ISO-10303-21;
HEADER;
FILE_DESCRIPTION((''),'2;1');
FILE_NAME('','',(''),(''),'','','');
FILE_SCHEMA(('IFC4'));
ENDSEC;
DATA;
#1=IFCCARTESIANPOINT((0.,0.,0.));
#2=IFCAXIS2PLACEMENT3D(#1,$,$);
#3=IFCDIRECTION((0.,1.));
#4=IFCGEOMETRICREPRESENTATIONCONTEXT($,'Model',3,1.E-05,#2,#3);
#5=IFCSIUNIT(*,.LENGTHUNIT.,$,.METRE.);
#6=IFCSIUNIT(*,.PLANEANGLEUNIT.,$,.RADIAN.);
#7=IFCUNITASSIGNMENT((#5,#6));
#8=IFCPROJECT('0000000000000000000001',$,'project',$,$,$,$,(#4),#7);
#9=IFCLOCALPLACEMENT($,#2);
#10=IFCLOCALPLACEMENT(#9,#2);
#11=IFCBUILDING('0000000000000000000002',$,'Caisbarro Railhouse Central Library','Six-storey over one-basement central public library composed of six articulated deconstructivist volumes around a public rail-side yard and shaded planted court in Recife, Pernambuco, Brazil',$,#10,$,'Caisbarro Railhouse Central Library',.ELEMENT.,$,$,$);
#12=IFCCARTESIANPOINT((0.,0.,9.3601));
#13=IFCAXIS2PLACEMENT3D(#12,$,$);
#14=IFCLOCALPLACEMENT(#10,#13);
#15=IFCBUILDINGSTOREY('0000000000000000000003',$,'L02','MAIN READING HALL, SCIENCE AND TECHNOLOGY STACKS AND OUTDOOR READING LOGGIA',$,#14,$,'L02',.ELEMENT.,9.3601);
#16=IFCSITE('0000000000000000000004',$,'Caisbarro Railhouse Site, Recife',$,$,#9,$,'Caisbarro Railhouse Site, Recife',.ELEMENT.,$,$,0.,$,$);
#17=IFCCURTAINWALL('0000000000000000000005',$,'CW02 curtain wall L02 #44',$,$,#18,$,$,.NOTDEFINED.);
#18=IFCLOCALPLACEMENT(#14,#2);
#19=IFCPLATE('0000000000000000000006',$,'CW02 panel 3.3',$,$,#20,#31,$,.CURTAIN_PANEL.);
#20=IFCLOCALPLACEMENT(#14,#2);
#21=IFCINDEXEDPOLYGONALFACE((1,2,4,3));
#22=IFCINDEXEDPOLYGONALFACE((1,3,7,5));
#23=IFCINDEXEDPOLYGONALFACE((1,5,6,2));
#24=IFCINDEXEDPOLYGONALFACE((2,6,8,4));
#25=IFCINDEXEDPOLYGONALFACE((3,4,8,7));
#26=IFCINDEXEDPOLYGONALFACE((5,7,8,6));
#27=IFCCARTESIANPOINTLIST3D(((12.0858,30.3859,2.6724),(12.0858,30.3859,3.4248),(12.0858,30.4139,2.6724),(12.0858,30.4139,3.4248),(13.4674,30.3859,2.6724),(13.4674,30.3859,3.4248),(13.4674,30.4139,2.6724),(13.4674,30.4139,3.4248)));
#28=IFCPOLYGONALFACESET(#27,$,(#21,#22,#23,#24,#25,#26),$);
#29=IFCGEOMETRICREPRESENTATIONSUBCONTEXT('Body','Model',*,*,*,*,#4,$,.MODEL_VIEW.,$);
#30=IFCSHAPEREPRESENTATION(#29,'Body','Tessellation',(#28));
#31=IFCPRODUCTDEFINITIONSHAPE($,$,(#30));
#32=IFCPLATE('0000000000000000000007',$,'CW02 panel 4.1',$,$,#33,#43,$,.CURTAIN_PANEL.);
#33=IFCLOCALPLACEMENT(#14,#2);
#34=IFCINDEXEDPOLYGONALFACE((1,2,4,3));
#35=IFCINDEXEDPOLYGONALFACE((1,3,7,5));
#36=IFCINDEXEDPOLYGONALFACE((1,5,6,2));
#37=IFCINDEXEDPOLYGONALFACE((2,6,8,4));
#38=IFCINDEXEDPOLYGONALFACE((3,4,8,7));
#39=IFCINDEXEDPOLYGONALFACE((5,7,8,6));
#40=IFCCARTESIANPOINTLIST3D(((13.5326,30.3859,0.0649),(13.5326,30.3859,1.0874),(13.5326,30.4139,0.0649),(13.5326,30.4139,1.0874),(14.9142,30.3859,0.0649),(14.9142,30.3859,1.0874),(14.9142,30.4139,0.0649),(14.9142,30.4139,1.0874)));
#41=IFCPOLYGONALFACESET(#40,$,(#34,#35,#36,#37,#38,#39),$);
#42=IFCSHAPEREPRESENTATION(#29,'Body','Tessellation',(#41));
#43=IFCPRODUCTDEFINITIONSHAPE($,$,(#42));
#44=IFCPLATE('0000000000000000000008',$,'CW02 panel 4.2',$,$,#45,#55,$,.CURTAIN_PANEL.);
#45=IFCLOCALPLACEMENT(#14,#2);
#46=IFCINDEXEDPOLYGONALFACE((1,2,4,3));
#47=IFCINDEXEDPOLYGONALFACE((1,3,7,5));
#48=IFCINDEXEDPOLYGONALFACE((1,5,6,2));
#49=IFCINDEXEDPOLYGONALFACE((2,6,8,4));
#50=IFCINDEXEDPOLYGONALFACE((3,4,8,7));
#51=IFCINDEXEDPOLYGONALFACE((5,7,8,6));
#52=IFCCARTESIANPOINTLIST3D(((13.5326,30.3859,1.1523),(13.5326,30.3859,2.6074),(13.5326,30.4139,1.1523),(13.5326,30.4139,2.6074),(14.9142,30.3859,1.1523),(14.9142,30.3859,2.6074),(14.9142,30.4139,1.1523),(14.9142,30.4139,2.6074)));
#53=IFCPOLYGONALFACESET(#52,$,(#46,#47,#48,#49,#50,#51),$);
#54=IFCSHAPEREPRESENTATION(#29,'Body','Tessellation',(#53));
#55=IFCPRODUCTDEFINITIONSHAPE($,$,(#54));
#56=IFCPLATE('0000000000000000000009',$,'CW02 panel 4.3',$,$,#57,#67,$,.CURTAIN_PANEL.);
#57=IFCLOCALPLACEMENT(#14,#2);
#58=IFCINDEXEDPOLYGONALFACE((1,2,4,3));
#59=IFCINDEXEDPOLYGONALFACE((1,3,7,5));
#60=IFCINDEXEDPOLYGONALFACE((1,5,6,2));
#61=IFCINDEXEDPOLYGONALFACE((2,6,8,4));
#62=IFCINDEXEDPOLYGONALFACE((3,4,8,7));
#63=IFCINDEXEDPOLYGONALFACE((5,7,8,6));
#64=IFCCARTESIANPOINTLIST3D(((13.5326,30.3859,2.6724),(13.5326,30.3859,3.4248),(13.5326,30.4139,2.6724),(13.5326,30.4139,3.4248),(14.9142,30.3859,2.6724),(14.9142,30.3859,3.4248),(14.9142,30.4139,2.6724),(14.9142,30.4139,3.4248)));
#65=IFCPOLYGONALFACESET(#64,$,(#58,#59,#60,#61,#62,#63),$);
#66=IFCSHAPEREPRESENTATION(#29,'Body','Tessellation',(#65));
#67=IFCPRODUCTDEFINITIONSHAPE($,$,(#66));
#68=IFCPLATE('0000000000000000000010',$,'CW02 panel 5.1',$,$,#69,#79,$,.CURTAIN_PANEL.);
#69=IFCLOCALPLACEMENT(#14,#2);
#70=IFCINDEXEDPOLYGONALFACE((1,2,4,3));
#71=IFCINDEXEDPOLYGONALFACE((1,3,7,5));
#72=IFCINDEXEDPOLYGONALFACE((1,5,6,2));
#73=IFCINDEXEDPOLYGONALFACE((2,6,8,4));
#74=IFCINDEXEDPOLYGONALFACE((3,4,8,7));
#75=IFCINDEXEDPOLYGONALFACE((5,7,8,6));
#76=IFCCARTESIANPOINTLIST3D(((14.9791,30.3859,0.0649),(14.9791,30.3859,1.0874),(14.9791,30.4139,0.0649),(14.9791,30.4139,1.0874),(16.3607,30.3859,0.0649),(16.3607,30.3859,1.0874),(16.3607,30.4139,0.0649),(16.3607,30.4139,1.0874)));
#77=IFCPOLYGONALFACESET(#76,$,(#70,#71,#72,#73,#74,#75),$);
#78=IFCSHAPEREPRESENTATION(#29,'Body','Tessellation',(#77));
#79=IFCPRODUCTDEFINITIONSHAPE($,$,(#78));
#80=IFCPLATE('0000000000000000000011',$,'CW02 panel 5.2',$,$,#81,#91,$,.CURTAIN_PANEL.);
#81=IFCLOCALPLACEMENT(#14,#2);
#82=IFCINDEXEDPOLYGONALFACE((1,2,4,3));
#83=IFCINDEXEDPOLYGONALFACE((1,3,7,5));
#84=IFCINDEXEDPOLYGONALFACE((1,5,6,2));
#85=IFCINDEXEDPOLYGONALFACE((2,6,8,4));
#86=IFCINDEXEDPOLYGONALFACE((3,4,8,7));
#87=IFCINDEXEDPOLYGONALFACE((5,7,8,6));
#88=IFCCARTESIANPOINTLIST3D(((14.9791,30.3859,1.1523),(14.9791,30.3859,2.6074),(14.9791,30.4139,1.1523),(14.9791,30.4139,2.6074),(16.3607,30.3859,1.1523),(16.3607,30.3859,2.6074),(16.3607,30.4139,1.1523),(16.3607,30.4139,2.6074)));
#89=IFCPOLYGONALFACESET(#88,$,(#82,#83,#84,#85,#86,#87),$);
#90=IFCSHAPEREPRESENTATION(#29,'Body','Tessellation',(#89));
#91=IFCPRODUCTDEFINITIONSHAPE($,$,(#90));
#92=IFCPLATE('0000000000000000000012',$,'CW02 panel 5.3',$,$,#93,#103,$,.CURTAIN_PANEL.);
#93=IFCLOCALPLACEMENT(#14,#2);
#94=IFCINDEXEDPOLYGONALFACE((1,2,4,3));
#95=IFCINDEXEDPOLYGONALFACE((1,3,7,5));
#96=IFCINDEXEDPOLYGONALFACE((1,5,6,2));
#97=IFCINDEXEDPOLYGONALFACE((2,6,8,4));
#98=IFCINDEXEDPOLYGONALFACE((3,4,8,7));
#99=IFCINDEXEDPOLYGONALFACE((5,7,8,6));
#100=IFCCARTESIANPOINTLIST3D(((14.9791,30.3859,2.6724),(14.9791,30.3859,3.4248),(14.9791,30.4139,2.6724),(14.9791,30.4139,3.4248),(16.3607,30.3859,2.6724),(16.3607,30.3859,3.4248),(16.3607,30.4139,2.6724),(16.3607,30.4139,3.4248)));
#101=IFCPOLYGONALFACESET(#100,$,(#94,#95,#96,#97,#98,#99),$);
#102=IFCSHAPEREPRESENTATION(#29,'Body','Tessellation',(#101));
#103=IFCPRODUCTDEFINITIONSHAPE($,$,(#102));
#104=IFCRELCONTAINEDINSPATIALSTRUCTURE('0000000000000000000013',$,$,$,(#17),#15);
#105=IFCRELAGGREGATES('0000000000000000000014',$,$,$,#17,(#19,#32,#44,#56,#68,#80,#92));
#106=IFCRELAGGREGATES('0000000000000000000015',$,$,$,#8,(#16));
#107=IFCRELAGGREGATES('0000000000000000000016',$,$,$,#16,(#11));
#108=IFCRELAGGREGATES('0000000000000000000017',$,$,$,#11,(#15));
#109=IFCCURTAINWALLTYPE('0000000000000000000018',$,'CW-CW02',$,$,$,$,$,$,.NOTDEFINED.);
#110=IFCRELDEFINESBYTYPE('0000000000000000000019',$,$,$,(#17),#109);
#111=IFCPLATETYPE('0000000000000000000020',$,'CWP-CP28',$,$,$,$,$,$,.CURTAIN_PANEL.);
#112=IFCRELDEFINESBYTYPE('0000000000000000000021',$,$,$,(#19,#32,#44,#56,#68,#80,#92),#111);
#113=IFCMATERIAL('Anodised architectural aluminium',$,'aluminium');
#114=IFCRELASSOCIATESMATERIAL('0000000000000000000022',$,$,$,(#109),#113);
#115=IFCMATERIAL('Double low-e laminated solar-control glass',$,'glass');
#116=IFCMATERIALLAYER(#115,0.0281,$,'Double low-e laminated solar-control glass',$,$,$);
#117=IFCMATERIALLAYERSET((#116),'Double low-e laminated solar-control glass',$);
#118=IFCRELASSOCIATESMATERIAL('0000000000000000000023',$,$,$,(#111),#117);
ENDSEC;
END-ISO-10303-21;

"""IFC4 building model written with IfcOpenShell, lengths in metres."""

from ifc_helpers import new_model, si_unit, direction, frame, origin, origin_2d, place, context, subcontext, project, spatial, rectangle, extrude, material, layer, layer_set, type_object, element, aggregate, save


model = new_model("IFC4")

# Units and contexts
model_context = context("Model", 3, precision=1e-05, world=origin(), true_north=direction((0.0, 1.0)))
body_context = subcontext(model_context, "Body", "Model", "MODEL_VIEW")
ifc_project = project(units=[si_unit("LENGTHUNIT", "METRE"), si_unit("PLANEANGLEUNIT", "RADIAN")], contexts=[model_context])

# Site, building, storey
site_placement = place(None, origin())
site = spatial("IfcSite", under=ifc_project, at=site_placement, Name="Caisbarro Railhouse Site, Recife", LongName="Caisbarro Railhouse Site, Recife", CompositionType="ELEMENT", RefElevation=0.0)
building_placement = place(site_placement, origin())
building = spatial("IfcBuilding", under=site, at=building_placement, Name="Caisbarro Railhouse Central Library", Description="Six-storey over one-basement central public library composed of six articulated deconstructivist volumes around a public rail-side yard and shaded planted court in Recife, Pernambuco, Brazil", LongName="Caisbarro Railhouse Central Library", CompositionType="ELEMENT")
storey_placement = place(building_placement, frame((0.0, 0.0, 9.3601)))
storey = spatial("IfcBuildingStorey", under=building, at=storey_placement, Name="L02", Description="MAIN READING HALL, SCIENCE AND TECHNOLOGY STACKS AND OUTDOOR READING LOGGIA", LongName="L02", CompositionType="ELEMENT", Elevation=9.3601)

# Curtain wall, plates
ifc_material_1 = material(Name="Anodised architectural aluminium", Category="aluminium")
curtain_wall_type = type_object("IfcCurtainWallType", Name="CW-CW02", PredefinedType="NOTDEFINED", material=ifc_material_1)
curtain_wall_placement = place(storey_placement, origin())
curtain_wall = element("IfcCurtainWall", 1, at=curtain_wall_placement, inside=storey, type_object=curtain_wall_type, Name="CW02 curtain wall L02 #44", PredefinedType="NOTDEFINED")
ifc_material_2 = material(Name="Double low-e laminated solar-control glass", Category="glass")
ifc_layer = layer(ifc_material_2, 0.0281, Name="Double low-e laminated solar-control glass")
ifc_layer_set = layer_set([ifc_layer], Name="Double low-e laminated solar-control glass")
plate_type = type_object("IfcPlateType", Name="CWP-CP28", PredefinedType="CURTAIN_PANEL", material=ifc_layer_set)
plate_1_placement = place(storey_placement, frame((12.7766, 30.3999, 2.6724), z_axis=(0.0, 0.0, 1.0), x_axis=(1.0, 0.0, 0.0)))
plate_1 = element("IfcPlate", 2, at=plate_1_placement, type_object=plate_type, Name="CW02 panel 3.3", PredefinedType="CURTAIN_PANEL", context=body_context, shape_type="SweptSolid", body=[
    extrude(rectangle(XDim=1.3816, YDim=0.0281, at=origin_2d()), origin(), (0.0, 0.0, 1.0), 0.7524),
])
plate_2_placement = place(storey_placement, frame((14.2234, 30.3999, 0.0649), z_axis=(0.0, 0.0, 1.0), x_axis=(1.0, 0.0, 0.0)))
plate_2 = element("IfcPlate", 3, at=plate_2_placement, type_object=plate_type, Name="CW02 panel 4.1", PredefinedType="CURTAIN_PANEL", context=body_context, shape_type="SweptSolid", body=[
    extrude(rectangle(XDim=1.3816, YDim=0.0281, at=origin_2d()), origin(), (0.0, 0.0, 1.0), 1.0225),
])
plate_3_placement = place(storey_placement, frame((14.2234, 30.3999, 1.1523), z_axis=(0.0, 0.0, 1.0), x_axis=(1.0, 0.0, 0.0)))
plate_3 = element("IfcPlate", 4, at=plate_3_placement, type_object=plate_type, Name="CW02 panel 4.2", PredefinedType="CURTAIN_PANEL", context=body_context, shape_type="SweptSolid", body=[
    extrude(rectangle(XDim=1.3816, YDim=0.0281, at=origin_2d()), origin(), (0.0, 0.0, 1.0), 1.4551),
])
plate_4_placement = place(storey_placement, frame((14.2234, 30.3999, 2.6724), z_axis=(0.0, 0.0, 1.0), x_axis=(1.0, 0.0, 0.0)))
plate_4 = element("IfcPlate", 5, at=plate_4_placement, type_object=plate_type, Name="CW02 panel 4.3", PredefinedType="CURTAIN_PANEL", context=body_context, shape_type="SweptSolid", body=[
    extrude(rectangle(XDim=1.3816, YDim=0.0281, at=origin_2d()), origin(), (0.0, 0.0, 1.0), 0.7524),
])
plate_5_placement = place(storey_placement, frame((15.6699, 30.3999, 0.0649), z_axis=(0.0, 0.0, 1.0), x_axis=(1.0, 0.0, 0.0)))
plate_5 = element("IfcPlate", 6, at=plate_5_placement, type_object=plate_type, Name="CW02 panel 5.1", PredefinedType="CURTAIN_PANEL", context=body_context, shape_type="SweptSolid", body=[
    extrude(rectangle(XDim=1.3816, YDim=0.0281, at=origin_2d()), origin(), (0.0, 0.0, 1.0), 1.0225),
])
plate_6_placement = place(storey_placement, frame((15.6699, 30.3999, 1.1523), z_axis=(0.0, 0.0, 1.0), x_axis=(1.0, 0.0, 0.0)))
plate_6 = element("IfcPlate", 7, at=plate_6_placement, type_object=plate_type, Name="CW02 panel 5.2", PredefinedType="CURTAIN_PANEL", context=body_context, shape_type="SweptSolid", body=[
    extrude(rectangle(XDim=1.3816, YDim=0.0281, at=origin_2d()), origin(), (0.0, 0.0, 1.0), 1.4551),
])
plate_7_placement = place(storey_placement, frame((15.6699, 30.3999, 2.6724), z_axis=(0.0, 0.0, 1.0), x_axis=(1.0, 0.0, 0.0)))
plate_7 = element("IfcPlate", 8, at=plate_7_placement, type_object=plate_type, Name="CW02 panel 5.3", PredefinedType="CURTAIN_PANEL", context=body_context, shape_type="SweptSolid", body=[
    extrude(rectangle(XDim=1.3816, YDim=0.0281, at=origin_2d()), origin(), (0.0, 0.0, 1.0), 0.7524),
])
aggregate(curtain_wall, [plate_1, plate_2, plate_3, plate_4, plate_5, plate_6, plate_7])

save(model, "model.ifc")
